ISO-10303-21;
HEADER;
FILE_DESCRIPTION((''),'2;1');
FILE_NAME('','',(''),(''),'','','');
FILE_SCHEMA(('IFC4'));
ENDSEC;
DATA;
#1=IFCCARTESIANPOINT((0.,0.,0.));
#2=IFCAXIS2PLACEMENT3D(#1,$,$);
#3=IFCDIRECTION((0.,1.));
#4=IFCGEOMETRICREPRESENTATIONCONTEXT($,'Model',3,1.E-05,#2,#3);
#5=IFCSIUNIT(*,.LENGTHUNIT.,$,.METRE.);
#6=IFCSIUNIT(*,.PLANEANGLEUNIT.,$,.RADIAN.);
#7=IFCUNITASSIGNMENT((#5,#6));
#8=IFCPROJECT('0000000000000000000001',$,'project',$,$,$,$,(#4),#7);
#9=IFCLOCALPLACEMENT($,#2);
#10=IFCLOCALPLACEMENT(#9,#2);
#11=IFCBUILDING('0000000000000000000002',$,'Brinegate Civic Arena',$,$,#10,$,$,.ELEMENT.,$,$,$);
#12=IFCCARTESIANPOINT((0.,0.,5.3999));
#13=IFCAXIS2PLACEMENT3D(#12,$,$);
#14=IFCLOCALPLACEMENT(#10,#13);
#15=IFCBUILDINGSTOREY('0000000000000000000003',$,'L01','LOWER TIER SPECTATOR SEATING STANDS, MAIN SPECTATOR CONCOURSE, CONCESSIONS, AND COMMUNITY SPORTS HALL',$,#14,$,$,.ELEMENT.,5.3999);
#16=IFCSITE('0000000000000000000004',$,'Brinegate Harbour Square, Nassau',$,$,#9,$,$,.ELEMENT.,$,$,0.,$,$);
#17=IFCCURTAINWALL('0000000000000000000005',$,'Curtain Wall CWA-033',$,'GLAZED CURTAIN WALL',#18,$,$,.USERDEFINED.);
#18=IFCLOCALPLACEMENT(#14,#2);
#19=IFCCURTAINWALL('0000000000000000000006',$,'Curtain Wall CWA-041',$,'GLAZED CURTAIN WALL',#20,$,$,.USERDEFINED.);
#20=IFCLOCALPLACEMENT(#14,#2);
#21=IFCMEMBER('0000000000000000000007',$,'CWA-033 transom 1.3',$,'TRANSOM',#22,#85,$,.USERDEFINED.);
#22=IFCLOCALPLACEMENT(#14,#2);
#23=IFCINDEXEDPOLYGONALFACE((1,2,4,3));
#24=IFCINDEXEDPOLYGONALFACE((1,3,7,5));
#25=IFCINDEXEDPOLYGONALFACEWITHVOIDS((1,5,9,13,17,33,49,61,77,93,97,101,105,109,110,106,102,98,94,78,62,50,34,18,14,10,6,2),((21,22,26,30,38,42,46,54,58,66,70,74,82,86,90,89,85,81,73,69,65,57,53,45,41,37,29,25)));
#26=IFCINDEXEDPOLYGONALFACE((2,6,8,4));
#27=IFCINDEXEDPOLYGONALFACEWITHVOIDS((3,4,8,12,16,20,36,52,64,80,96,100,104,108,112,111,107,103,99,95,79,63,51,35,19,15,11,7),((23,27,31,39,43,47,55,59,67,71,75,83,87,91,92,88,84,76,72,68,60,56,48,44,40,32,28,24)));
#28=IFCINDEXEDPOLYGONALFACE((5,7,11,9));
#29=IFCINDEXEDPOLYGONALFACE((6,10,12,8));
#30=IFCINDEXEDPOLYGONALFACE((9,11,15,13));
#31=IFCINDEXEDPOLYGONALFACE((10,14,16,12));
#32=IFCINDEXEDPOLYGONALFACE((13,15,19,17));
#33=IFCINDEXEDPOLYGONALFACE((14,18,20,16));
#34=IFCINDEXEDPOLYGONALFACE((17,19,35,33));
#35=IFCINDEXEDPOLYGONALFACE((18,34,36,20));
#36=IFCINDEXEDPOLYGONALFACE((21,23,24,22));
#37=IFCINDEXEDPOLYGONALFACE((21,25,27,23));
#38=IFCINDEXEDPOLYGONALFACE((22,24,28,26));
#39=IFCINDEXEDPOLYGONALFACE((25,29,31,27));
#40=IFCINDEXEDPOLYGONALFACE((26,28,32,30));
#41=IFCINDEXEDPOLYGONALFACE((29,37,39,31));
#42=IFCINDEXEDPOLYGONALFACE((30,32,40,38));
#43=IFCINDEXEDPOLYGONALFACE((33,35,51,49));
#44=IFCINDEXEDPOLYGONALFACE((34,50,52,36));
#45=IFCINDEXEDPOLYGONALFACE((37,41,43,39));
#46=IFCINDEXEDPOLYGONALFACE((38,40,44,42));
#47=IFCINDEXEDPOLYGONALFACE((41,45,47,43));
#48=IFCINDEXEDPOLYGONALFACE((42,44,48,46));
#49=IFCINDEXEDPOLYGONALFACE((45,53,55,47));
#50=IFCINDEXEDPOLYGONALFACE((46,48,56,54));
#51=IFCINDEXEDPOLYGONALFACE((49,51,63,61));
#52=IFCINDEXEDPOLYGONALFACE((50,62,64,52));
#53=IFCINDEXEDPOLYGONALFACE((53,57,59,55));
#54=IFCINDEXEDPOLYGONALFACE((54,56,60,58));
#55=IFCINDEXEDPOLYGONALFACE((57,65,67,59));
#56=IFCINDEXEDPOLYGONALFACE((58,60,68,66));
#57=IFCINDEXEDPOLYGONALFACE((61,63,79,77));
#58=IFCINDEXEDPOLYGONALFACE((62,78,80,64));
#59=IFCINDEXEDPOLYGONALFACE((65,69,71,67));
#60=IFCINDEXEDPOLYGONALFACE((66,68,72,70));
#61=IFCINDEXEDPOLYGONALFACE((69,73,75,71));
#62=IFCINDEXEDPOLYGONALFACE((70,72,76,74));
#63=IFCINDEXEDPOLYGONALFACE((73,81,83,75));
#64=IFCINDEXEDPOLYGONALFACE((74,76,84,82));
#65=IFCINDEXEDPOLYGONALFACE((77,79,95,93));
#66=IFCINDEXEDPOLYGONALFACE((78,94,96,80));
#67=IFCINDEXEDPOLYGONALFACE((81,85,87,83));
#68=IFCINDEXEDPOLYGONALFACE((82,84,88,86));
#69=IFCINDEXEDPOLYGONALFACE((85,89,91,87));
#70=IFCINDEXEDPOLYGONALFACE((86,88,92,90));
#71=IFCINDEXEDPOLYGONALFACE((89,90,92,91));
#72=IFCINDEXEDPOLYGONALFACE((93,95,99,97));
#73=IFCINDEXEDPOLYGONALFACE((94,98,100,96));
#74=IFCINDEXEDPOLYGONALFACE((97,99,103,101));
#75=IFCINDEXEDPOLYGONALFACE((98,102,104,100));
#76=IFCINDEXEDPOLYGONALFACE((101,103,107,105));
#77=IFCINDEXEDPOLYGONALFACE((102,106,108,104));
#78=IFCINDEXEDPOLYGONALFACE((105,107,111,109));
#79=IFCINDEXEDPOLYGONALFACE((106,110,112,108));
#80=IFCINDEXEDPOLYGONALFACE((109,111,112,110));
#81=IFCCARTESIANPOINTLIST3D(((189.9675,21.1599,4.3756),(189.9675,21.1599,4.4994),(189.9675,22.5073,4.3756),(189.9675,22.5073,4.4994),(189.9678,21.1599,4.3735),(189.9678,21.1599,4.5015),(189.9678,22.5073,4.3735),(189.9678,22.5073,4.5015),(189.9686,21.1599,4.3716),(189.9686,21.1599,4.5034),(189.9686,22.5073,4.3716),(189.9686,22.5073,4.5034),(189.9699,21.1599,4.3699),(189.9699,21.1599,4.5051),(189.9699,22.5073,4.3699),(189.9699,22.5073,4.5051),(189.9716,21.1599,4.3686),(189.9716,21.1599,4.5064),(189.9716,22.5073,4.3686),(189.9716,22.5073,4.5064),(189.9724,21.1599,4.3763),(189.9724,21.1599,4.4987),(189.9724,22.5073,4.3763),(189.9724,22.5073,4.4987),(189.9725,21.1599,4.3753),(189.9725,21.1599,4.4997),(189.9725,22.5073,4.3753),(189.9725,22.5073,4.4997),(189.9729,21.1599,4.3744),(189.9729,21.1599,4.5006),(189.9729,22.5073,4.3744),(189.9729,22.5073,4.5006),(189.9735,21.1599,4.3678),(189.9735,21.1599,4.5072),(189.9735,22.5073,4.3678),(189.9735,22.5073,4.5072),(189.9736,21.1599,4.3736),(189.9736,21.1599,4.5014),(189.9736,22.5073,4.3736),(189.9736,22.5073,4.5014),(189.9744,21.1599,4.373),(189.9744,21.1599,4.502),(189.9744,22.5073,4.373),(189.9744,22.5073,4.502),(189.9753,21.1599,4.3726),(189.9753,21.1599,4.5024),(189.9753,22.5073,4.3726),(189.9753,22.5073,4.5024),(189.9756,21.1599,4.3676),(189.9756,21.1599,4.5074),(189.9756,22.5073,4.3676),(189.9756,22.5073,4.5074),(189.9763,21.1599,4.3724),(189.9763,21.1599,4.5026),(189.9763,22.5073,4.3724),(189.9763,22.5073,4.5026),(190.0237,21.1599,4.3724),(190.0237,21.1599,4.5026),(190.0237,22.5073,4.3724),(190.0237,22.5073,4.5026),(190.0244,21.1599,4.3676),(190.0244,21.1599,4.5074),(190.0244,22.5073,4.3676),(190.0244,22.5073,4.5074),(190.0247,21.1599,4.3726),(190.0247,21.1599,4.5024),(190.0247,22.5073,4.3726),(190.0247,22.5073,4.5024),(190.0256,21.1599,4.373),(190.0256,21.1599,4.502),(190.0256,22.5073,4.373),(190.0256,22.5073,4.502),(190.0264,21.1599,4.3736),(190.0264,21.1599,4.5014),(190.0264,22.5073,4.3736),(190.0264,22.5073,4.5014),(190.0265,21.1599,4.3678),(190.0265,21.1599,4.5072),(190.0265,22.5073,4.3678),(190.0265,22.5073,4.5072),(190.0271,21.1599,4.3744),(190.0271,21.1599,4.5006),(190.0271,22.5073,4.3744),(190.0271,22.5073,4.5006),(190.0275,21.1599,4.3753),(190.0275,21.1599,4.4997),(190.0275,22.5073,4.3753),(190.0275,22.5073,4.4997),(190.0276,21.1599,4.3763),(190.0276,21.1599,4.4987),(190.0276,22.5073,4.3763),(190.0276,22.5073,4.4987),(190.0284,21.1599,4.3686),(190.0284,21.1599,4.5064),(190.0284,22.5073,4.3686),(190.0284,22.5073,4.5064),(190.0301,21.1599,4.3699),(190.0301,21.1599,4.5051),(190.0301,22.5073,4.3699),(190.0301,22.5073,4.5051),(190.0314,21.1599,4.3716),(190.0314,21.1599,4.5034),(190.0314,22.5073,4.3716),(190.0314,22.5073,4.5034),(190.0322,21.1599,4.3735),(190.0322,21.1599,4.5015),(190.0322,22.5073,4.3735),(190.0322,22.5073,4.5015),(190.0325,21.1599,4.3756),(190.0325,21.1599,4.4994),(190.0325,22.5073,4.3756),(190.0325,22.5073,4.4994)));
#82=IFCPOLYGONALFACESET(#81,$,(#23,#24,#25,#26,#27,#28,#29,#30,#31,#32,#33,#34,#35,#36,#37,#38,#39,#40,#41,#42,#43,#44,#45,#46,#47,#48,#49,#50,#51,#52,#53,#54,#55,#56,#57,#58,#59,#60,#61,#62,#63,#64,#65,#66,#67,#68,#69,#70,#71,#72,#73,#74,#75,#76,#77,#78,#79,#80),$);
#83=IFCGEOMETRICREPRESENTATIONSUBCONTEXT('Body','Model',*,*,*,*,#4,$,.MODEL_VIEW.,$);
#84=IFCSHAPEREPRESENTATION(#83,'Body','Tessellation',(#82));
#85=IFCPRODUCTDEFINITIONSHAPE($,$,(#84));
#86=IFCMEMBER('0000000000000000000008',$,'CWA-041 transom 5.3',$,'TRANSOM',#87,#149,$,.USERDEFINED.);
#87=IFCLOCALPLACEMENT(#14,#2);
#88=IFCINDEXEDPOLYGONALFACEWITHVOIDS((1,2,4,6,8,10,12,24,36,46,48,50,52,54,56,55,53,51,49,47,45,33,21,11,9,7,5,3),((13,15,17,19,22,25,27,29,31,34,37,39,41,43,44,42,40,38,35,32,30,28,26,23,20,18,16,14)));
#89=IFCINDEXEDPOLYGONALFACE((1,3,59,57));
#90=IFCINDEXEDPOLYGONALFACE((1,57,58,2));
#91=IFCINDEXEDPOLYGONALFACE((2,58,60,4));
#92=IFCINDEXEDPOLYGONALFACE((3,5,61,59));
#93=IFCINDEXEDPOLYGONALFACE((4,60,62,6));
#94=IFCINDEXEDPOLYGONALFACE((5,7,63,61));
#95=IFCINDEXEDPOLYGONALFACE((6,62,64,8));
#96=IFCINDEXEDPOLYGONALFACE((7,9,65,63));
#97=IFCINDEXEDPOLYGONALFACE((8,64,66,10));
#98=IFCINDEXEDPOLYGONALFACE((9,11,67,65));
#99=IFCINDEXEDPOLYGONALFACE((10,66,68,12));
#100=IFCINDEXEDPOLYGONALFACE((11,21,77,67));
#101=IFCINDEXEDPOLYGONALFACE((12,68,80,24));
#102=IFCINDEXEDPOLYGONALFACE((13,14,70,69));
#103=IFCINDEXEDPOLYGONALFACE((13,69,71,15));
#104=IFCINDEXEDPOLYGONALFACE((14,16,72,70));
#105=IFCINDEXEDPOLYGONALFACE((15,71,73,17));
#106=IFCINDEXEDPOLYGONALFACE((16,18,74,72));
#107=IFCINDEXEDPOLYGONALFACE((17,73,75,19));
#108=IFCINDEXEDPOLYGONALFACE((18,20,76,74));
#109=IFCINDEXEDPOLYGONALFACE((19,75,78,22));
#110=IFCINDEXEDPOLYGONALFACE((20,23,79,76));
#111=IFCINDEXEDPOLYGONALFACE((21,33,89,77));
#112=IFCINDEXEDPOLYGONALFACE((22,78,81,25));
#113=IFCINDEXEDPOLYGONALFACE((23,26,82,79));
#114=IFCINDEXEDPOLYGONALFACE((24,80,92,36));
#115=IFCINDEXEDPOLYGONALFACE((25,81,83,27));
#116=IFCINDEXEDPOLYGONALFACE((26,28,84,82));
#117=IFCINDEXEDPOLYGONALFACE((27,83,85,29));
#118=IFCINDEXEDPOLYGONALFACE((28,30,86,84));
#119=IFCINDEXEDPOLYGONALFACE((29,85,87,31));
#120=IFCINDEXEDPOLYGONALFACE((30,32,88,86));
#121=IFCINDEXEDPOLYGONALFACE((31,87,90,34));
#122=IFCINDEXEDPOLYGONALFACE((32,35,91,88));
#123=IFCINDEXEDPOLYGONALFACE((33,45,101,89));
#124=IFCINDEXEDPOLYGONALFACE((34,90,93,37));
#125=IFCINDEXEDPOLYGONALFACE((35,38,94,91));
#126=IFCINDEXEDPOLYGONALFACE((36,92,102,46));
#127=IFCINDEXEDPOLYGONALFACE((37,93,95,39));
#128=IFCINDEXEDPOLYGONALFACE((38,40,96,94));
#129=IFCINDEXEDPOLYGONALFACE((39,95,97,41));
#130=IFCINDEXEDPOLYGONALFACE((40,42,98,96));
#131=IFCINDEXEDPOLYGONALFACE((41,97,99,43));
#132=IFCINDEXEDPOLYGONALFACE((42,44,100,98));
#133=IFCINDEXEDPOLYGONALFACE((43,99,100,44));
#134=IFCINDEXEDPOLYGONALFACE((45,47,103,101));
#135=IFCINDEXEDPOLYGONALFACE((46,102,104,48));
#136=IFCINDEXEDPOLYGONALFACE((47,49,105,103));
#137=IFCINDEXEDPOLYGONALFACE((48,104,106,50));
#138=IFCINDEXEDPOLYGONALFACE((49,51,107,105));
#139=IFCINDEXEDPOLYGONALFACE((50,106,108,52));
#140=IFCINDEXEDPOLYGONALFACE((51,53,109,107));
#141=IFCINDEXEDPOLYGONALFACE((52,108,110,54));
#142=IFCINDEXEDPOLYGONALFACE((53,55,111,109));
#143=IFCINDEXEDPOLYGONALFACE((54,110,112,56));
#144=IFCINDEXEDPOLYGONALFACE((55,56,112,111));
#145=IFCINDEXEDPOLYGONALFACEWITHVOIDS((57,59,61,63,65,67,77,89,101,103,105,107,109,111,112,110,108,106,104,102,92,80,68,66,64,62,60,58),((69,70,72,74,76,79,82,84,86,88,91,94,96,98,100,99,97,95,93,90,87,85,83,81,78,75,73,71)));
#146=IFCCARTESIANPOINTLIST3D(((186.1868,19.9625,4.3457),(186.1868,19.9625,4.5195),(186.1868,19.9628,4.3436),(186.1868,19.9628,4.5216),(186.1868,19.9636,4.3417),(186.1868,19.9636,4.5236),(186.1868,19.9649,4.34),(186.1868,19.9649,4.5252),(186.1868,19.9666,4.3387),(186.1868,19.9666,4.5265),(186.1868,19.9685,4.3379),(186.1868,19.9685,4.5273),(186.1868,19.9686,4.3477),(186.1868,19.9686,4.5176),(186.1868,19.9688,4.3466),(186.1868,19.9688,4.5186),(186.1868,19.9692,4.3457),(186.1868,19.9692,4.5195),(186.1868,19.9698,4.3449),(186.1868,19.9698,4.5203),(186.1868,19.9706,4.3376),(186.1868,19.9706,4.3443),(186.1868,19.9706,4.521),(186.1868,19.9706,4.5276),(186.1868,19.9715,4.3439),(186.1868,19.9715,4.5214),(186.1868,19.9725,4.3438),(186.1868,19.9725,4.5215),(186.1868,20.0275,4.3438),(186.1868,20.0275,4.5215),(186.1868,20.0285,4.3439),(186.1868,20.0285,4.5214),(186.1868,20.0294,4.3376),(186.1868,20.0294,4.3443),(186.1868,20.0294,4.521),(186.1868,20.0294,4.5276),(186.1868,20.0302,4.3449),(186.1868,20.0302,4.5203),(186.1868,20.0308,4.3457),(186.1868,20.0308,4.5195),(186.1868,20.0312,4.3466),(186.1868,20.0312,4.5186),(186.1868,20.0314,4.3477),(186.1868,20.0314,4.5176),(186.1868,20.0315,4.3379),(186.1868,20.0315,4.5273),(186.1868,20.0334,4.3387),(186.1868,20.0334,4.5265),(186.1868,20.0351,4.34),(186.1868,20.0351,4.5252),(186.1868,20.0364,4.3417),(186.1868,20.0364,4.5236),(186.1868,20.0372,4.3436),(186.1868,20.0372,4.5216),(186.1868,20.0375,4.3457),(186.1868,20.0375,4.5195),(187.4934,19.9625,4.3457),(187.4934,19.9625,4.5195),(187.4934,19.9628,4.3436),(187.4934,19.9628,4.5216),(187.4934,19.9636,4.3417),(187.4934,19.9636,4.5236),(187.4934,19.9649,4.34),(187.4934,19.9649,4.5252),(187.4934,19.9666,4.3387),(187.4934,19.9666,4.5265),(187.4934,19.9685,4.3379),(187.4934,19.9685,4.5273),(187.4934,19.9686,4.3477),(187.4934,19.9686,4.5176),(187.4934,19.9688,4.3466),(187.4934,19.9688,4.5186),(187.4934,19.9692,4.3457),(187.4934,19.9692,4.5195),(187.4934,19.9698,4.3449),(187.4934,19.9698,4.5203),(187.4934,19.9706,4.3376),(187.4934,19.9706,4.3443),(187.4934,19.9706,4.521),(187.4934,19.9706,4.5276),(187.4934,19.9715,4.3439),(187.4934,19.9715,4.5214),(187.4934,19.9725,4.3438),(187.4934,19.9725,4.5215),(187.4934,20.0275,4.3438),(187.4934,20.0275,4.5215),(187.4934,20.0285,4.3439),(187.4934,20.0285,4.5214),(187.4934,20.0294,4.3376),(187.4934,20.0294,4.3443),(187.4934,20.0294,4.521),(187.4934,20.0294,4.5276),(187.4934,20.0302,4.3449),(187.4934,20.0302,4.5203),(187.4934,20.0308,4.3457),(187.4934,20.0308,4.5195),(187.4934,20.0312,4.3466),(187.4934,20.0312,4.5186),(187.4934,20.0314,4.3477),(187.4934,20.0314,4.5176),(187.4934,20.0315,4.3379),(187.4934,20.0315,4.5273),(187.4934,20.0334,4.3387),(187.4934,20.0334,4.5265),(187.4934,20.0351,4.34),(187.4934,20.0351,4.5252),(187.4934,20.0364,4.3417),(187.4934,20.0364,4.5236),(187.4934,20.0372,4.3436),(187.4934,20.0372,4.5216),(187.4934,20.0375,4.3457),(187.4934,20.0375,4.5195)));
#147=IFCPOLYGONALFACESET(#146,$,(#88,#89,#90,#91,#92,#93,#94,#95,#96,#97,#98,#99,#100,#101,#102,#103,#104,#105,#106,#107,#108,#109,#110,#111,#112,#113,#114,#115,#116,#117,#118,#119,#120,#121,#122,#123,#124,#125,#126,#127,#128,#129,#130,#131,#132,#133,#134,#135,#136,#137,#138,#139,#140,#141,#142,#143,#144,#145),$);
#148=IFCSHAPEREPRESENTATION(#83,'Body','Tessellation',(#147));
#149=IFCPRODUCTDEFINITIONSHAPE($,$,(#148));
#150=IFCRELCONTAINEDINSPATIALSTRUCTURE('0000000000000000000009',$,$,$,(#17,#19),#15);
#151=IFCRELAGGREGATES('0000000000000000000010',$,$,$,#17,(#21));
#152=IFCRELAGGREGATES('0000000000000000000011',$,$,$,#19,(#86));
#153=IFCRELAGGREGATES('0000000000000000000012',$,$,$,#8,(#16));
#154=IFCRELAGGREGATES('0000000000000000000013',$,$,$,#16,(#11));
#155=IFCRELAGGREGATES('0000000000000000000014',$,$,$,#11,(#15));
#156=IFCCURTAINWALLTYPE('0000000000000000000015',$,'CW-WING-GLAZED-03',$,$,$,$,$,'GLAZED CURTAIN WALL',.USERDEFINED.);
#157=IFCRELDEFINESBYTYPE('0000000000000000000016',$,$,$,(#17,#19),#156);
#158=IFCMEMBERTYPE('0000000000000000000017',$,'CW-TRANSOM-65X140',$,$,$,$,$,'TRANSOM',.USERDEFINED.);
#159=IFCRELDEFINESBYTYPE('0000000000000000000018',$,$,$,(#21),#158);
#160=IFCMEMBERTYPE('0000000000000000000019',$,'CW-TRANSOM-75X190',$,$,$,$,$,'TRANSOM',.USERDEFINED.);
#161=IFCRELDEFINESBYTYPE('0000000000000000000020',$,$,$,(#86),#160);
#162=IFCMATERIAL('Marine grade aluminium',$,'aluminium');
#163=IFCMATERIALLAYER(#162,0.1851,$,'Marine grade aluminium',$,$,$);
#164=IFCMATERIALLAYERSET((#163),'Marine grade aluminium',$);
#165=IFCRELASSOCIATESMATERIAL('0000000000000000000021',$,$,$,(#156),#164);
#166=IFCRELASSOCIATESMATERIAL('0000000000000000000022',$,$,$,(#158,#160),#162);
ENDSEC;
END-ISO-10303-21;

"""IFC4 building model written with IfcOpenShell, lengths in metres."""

from ifc_helpers import new_model, si_unit, direction, frame, origin, origin_2d, place, context, subcontext, project, spatial, hollow_rectangle, extrude, material, layer, layer_set, material_profile, profile_set, type_object, element, aggregate, save


model = new_model("IFC4")

# Units and contexts
model_context = context("Model", 3, precision=1e-05, world=origin(), true_north=direction((0.0, 1.0)))
body_context = subcontext(model_context, "Body", "Model", "MODEL_VIEW")
ifc_project = project(units=[si_unit("LENGTHUNIT", "METRE"), si_unit("PLANEANGLEUNIT", "RADIAN")], contexts=[model_context])

# Site, building, storey
site_placement = place(None, origin())
site = spatial("IfcSite", under=ifc_project, at=site_placement, Name="Brinegate Harbour Square, Nassau", CompositionType="ELEMENT", RefElevation=0.0)
building_placement = place(site_placement, origin())
building = spatial("IfcBuilding", under=site, at=building_placement, Name="Brinegate Civic Arena", CompositionType="ELEMENT")
storey_placement = place(building_placement, frame((0.0, 0.0, 5.3999)))
storey = spatial("IfcBuildingStorey", under=building, at=storey_placement, Name="L01", Description="LOWER TIER SPECTATOR SEATING STANDS, MAIN SPECTATOR CONCOURSE, CONCESSIONS, AND COMMUNITY SPORTS HALL", CompositionType="ELEMENT", Elevation=5.3999)

# Curtain walls
ifc_material_1 = material(Name="Marine grade aluminium", Category="aluminium")
ifc_layer_1 = layer(ifc_material_1, 0.1851, Name="Marine grade aluminium")
ifc_layer_set_1 = layer_set([ifc_layer_1], Name="Marine grade aluminium")
curtain_wall_type = type_object("IfcCurtainWallType", Name="CW-WING-GLAZED-03", ElementType="GLAZED CURTAIN WALL", PredefinedType="USERDEFINED", material=ifc_layer_set_1)
curtain_wall_1_placement = place(storey_placement, origin())
curtain_wall_1 = element("IfcCurtainWall", 1, at=curtain_wall_1_placement, inside=storey, type_object=curtain_wall_type, Name="Curtain Wall CWA-033", ObjectType="GLAZED CURTAIN WALL", PredefinedType="USERDEFINED")
curtain_wall_2_placement = place(storey_placement, origin())
curtain_wall_2 = element("IfcCurtainWall", 2, at=curtain_wall_2_placement, inside=storey, type_object=curtain_wall_type, Name="Curtain Wall CWA-041", ObjectType="GLAZED CURTAIN WALL", PredefinedType="USERDEFINED")

# Members
ifc_material_profile_1 = material_profile(ifc_material_1, hollow_rectangle(XDim=0.0649, YDim=0.1399, WallThickness=0.0049, InnerFilletRadius=0.0039, OuterFilletRadius=0.0081, at=origin_2d()), Name="TRN65X140")
ifc_profile_set_1 = profile_set([ifc_material_profile_1], Name="Marine grade aluminium")
member_type_1 = type_object("IfcMemberType", Name="CW-TRANSOM-65X140", ElementType="TRANSOM", PredefinedType="USERDEFINED", material=ifc_profile_set_1)
member_1_placement = place(storey_placement, frame((190.0, 21.1599, 4.4375), z_axis=(0.0, 1.0, 0.0), x_axis=(-1.0, 0.0, 0.0)))
member_1 = element("IfcMember", 3, at=member_1_placement, type_object=member_type_1, Name="CWA-033 transom 1.3", ObjectType="TRANSOM", PredefinedType="USERDEFINED", context=body_context, shape_type="SweptSolid", body=[
    extrude(hollow_rectangle(XDim=0.0649, YDim=0.1399, WallThickness=0.0049, InnerFilletRadius=0.0039, OuterFilletRadius=0.0081, at=origin_2d()), origin(), (0.0, 0.0, 1.0), 1.3474),
])
ifc_material_profile_2 = material_profile(ifc_material_1, hollow_rectangle(XDim=0.075, YDim=0.1899, WallThickness=0.0061, InnerFilletRadius=0.0039, OuterFilletRadius=0.0081, at=origin_2d()), Name="TRN75X190")
ifc_profile_set_2 = profile_set([ifc_material_profile_2], Name="Marine grade aluminium")
member_type_2 = type_object("IfcMemberType", Name="CW-TRANSOM-75X190", ElementType="TRANSOM", PredefinedType="USERDEFINED", material=ifc_profile_set_2)
member_2_placement = place(storey_placement, frame((186.1868, 20.0, 4.4326), z_axis=(1.0, 0.0, 0.0), x_axis=(0.0, 1.0, 0.0)))
member_2 = element("IfcMember", 4, at=member_2_placement, type_object=member_type_2, Name="CWA-041 transom 5.3", ObjectType="TRANSOM", PredefinedType="USERDEFINED", context=body_context, shape_type="SweptSolid", body=[
    extrude(hollow_rectangle(XDim=0.075, YDim=0.1899, WallThickness=0.0061, InnerFilletRadius=0.0039, OuterFilletRadius=0.0081, at=origin_2d()), origin(), (0.0, 0.0, 1.0), 1.3066),
])

aggregate(curtain_wall_1, [member_1])
aggregate(curtain_wall_2, [member_2])

save(model, "model.ifc")
